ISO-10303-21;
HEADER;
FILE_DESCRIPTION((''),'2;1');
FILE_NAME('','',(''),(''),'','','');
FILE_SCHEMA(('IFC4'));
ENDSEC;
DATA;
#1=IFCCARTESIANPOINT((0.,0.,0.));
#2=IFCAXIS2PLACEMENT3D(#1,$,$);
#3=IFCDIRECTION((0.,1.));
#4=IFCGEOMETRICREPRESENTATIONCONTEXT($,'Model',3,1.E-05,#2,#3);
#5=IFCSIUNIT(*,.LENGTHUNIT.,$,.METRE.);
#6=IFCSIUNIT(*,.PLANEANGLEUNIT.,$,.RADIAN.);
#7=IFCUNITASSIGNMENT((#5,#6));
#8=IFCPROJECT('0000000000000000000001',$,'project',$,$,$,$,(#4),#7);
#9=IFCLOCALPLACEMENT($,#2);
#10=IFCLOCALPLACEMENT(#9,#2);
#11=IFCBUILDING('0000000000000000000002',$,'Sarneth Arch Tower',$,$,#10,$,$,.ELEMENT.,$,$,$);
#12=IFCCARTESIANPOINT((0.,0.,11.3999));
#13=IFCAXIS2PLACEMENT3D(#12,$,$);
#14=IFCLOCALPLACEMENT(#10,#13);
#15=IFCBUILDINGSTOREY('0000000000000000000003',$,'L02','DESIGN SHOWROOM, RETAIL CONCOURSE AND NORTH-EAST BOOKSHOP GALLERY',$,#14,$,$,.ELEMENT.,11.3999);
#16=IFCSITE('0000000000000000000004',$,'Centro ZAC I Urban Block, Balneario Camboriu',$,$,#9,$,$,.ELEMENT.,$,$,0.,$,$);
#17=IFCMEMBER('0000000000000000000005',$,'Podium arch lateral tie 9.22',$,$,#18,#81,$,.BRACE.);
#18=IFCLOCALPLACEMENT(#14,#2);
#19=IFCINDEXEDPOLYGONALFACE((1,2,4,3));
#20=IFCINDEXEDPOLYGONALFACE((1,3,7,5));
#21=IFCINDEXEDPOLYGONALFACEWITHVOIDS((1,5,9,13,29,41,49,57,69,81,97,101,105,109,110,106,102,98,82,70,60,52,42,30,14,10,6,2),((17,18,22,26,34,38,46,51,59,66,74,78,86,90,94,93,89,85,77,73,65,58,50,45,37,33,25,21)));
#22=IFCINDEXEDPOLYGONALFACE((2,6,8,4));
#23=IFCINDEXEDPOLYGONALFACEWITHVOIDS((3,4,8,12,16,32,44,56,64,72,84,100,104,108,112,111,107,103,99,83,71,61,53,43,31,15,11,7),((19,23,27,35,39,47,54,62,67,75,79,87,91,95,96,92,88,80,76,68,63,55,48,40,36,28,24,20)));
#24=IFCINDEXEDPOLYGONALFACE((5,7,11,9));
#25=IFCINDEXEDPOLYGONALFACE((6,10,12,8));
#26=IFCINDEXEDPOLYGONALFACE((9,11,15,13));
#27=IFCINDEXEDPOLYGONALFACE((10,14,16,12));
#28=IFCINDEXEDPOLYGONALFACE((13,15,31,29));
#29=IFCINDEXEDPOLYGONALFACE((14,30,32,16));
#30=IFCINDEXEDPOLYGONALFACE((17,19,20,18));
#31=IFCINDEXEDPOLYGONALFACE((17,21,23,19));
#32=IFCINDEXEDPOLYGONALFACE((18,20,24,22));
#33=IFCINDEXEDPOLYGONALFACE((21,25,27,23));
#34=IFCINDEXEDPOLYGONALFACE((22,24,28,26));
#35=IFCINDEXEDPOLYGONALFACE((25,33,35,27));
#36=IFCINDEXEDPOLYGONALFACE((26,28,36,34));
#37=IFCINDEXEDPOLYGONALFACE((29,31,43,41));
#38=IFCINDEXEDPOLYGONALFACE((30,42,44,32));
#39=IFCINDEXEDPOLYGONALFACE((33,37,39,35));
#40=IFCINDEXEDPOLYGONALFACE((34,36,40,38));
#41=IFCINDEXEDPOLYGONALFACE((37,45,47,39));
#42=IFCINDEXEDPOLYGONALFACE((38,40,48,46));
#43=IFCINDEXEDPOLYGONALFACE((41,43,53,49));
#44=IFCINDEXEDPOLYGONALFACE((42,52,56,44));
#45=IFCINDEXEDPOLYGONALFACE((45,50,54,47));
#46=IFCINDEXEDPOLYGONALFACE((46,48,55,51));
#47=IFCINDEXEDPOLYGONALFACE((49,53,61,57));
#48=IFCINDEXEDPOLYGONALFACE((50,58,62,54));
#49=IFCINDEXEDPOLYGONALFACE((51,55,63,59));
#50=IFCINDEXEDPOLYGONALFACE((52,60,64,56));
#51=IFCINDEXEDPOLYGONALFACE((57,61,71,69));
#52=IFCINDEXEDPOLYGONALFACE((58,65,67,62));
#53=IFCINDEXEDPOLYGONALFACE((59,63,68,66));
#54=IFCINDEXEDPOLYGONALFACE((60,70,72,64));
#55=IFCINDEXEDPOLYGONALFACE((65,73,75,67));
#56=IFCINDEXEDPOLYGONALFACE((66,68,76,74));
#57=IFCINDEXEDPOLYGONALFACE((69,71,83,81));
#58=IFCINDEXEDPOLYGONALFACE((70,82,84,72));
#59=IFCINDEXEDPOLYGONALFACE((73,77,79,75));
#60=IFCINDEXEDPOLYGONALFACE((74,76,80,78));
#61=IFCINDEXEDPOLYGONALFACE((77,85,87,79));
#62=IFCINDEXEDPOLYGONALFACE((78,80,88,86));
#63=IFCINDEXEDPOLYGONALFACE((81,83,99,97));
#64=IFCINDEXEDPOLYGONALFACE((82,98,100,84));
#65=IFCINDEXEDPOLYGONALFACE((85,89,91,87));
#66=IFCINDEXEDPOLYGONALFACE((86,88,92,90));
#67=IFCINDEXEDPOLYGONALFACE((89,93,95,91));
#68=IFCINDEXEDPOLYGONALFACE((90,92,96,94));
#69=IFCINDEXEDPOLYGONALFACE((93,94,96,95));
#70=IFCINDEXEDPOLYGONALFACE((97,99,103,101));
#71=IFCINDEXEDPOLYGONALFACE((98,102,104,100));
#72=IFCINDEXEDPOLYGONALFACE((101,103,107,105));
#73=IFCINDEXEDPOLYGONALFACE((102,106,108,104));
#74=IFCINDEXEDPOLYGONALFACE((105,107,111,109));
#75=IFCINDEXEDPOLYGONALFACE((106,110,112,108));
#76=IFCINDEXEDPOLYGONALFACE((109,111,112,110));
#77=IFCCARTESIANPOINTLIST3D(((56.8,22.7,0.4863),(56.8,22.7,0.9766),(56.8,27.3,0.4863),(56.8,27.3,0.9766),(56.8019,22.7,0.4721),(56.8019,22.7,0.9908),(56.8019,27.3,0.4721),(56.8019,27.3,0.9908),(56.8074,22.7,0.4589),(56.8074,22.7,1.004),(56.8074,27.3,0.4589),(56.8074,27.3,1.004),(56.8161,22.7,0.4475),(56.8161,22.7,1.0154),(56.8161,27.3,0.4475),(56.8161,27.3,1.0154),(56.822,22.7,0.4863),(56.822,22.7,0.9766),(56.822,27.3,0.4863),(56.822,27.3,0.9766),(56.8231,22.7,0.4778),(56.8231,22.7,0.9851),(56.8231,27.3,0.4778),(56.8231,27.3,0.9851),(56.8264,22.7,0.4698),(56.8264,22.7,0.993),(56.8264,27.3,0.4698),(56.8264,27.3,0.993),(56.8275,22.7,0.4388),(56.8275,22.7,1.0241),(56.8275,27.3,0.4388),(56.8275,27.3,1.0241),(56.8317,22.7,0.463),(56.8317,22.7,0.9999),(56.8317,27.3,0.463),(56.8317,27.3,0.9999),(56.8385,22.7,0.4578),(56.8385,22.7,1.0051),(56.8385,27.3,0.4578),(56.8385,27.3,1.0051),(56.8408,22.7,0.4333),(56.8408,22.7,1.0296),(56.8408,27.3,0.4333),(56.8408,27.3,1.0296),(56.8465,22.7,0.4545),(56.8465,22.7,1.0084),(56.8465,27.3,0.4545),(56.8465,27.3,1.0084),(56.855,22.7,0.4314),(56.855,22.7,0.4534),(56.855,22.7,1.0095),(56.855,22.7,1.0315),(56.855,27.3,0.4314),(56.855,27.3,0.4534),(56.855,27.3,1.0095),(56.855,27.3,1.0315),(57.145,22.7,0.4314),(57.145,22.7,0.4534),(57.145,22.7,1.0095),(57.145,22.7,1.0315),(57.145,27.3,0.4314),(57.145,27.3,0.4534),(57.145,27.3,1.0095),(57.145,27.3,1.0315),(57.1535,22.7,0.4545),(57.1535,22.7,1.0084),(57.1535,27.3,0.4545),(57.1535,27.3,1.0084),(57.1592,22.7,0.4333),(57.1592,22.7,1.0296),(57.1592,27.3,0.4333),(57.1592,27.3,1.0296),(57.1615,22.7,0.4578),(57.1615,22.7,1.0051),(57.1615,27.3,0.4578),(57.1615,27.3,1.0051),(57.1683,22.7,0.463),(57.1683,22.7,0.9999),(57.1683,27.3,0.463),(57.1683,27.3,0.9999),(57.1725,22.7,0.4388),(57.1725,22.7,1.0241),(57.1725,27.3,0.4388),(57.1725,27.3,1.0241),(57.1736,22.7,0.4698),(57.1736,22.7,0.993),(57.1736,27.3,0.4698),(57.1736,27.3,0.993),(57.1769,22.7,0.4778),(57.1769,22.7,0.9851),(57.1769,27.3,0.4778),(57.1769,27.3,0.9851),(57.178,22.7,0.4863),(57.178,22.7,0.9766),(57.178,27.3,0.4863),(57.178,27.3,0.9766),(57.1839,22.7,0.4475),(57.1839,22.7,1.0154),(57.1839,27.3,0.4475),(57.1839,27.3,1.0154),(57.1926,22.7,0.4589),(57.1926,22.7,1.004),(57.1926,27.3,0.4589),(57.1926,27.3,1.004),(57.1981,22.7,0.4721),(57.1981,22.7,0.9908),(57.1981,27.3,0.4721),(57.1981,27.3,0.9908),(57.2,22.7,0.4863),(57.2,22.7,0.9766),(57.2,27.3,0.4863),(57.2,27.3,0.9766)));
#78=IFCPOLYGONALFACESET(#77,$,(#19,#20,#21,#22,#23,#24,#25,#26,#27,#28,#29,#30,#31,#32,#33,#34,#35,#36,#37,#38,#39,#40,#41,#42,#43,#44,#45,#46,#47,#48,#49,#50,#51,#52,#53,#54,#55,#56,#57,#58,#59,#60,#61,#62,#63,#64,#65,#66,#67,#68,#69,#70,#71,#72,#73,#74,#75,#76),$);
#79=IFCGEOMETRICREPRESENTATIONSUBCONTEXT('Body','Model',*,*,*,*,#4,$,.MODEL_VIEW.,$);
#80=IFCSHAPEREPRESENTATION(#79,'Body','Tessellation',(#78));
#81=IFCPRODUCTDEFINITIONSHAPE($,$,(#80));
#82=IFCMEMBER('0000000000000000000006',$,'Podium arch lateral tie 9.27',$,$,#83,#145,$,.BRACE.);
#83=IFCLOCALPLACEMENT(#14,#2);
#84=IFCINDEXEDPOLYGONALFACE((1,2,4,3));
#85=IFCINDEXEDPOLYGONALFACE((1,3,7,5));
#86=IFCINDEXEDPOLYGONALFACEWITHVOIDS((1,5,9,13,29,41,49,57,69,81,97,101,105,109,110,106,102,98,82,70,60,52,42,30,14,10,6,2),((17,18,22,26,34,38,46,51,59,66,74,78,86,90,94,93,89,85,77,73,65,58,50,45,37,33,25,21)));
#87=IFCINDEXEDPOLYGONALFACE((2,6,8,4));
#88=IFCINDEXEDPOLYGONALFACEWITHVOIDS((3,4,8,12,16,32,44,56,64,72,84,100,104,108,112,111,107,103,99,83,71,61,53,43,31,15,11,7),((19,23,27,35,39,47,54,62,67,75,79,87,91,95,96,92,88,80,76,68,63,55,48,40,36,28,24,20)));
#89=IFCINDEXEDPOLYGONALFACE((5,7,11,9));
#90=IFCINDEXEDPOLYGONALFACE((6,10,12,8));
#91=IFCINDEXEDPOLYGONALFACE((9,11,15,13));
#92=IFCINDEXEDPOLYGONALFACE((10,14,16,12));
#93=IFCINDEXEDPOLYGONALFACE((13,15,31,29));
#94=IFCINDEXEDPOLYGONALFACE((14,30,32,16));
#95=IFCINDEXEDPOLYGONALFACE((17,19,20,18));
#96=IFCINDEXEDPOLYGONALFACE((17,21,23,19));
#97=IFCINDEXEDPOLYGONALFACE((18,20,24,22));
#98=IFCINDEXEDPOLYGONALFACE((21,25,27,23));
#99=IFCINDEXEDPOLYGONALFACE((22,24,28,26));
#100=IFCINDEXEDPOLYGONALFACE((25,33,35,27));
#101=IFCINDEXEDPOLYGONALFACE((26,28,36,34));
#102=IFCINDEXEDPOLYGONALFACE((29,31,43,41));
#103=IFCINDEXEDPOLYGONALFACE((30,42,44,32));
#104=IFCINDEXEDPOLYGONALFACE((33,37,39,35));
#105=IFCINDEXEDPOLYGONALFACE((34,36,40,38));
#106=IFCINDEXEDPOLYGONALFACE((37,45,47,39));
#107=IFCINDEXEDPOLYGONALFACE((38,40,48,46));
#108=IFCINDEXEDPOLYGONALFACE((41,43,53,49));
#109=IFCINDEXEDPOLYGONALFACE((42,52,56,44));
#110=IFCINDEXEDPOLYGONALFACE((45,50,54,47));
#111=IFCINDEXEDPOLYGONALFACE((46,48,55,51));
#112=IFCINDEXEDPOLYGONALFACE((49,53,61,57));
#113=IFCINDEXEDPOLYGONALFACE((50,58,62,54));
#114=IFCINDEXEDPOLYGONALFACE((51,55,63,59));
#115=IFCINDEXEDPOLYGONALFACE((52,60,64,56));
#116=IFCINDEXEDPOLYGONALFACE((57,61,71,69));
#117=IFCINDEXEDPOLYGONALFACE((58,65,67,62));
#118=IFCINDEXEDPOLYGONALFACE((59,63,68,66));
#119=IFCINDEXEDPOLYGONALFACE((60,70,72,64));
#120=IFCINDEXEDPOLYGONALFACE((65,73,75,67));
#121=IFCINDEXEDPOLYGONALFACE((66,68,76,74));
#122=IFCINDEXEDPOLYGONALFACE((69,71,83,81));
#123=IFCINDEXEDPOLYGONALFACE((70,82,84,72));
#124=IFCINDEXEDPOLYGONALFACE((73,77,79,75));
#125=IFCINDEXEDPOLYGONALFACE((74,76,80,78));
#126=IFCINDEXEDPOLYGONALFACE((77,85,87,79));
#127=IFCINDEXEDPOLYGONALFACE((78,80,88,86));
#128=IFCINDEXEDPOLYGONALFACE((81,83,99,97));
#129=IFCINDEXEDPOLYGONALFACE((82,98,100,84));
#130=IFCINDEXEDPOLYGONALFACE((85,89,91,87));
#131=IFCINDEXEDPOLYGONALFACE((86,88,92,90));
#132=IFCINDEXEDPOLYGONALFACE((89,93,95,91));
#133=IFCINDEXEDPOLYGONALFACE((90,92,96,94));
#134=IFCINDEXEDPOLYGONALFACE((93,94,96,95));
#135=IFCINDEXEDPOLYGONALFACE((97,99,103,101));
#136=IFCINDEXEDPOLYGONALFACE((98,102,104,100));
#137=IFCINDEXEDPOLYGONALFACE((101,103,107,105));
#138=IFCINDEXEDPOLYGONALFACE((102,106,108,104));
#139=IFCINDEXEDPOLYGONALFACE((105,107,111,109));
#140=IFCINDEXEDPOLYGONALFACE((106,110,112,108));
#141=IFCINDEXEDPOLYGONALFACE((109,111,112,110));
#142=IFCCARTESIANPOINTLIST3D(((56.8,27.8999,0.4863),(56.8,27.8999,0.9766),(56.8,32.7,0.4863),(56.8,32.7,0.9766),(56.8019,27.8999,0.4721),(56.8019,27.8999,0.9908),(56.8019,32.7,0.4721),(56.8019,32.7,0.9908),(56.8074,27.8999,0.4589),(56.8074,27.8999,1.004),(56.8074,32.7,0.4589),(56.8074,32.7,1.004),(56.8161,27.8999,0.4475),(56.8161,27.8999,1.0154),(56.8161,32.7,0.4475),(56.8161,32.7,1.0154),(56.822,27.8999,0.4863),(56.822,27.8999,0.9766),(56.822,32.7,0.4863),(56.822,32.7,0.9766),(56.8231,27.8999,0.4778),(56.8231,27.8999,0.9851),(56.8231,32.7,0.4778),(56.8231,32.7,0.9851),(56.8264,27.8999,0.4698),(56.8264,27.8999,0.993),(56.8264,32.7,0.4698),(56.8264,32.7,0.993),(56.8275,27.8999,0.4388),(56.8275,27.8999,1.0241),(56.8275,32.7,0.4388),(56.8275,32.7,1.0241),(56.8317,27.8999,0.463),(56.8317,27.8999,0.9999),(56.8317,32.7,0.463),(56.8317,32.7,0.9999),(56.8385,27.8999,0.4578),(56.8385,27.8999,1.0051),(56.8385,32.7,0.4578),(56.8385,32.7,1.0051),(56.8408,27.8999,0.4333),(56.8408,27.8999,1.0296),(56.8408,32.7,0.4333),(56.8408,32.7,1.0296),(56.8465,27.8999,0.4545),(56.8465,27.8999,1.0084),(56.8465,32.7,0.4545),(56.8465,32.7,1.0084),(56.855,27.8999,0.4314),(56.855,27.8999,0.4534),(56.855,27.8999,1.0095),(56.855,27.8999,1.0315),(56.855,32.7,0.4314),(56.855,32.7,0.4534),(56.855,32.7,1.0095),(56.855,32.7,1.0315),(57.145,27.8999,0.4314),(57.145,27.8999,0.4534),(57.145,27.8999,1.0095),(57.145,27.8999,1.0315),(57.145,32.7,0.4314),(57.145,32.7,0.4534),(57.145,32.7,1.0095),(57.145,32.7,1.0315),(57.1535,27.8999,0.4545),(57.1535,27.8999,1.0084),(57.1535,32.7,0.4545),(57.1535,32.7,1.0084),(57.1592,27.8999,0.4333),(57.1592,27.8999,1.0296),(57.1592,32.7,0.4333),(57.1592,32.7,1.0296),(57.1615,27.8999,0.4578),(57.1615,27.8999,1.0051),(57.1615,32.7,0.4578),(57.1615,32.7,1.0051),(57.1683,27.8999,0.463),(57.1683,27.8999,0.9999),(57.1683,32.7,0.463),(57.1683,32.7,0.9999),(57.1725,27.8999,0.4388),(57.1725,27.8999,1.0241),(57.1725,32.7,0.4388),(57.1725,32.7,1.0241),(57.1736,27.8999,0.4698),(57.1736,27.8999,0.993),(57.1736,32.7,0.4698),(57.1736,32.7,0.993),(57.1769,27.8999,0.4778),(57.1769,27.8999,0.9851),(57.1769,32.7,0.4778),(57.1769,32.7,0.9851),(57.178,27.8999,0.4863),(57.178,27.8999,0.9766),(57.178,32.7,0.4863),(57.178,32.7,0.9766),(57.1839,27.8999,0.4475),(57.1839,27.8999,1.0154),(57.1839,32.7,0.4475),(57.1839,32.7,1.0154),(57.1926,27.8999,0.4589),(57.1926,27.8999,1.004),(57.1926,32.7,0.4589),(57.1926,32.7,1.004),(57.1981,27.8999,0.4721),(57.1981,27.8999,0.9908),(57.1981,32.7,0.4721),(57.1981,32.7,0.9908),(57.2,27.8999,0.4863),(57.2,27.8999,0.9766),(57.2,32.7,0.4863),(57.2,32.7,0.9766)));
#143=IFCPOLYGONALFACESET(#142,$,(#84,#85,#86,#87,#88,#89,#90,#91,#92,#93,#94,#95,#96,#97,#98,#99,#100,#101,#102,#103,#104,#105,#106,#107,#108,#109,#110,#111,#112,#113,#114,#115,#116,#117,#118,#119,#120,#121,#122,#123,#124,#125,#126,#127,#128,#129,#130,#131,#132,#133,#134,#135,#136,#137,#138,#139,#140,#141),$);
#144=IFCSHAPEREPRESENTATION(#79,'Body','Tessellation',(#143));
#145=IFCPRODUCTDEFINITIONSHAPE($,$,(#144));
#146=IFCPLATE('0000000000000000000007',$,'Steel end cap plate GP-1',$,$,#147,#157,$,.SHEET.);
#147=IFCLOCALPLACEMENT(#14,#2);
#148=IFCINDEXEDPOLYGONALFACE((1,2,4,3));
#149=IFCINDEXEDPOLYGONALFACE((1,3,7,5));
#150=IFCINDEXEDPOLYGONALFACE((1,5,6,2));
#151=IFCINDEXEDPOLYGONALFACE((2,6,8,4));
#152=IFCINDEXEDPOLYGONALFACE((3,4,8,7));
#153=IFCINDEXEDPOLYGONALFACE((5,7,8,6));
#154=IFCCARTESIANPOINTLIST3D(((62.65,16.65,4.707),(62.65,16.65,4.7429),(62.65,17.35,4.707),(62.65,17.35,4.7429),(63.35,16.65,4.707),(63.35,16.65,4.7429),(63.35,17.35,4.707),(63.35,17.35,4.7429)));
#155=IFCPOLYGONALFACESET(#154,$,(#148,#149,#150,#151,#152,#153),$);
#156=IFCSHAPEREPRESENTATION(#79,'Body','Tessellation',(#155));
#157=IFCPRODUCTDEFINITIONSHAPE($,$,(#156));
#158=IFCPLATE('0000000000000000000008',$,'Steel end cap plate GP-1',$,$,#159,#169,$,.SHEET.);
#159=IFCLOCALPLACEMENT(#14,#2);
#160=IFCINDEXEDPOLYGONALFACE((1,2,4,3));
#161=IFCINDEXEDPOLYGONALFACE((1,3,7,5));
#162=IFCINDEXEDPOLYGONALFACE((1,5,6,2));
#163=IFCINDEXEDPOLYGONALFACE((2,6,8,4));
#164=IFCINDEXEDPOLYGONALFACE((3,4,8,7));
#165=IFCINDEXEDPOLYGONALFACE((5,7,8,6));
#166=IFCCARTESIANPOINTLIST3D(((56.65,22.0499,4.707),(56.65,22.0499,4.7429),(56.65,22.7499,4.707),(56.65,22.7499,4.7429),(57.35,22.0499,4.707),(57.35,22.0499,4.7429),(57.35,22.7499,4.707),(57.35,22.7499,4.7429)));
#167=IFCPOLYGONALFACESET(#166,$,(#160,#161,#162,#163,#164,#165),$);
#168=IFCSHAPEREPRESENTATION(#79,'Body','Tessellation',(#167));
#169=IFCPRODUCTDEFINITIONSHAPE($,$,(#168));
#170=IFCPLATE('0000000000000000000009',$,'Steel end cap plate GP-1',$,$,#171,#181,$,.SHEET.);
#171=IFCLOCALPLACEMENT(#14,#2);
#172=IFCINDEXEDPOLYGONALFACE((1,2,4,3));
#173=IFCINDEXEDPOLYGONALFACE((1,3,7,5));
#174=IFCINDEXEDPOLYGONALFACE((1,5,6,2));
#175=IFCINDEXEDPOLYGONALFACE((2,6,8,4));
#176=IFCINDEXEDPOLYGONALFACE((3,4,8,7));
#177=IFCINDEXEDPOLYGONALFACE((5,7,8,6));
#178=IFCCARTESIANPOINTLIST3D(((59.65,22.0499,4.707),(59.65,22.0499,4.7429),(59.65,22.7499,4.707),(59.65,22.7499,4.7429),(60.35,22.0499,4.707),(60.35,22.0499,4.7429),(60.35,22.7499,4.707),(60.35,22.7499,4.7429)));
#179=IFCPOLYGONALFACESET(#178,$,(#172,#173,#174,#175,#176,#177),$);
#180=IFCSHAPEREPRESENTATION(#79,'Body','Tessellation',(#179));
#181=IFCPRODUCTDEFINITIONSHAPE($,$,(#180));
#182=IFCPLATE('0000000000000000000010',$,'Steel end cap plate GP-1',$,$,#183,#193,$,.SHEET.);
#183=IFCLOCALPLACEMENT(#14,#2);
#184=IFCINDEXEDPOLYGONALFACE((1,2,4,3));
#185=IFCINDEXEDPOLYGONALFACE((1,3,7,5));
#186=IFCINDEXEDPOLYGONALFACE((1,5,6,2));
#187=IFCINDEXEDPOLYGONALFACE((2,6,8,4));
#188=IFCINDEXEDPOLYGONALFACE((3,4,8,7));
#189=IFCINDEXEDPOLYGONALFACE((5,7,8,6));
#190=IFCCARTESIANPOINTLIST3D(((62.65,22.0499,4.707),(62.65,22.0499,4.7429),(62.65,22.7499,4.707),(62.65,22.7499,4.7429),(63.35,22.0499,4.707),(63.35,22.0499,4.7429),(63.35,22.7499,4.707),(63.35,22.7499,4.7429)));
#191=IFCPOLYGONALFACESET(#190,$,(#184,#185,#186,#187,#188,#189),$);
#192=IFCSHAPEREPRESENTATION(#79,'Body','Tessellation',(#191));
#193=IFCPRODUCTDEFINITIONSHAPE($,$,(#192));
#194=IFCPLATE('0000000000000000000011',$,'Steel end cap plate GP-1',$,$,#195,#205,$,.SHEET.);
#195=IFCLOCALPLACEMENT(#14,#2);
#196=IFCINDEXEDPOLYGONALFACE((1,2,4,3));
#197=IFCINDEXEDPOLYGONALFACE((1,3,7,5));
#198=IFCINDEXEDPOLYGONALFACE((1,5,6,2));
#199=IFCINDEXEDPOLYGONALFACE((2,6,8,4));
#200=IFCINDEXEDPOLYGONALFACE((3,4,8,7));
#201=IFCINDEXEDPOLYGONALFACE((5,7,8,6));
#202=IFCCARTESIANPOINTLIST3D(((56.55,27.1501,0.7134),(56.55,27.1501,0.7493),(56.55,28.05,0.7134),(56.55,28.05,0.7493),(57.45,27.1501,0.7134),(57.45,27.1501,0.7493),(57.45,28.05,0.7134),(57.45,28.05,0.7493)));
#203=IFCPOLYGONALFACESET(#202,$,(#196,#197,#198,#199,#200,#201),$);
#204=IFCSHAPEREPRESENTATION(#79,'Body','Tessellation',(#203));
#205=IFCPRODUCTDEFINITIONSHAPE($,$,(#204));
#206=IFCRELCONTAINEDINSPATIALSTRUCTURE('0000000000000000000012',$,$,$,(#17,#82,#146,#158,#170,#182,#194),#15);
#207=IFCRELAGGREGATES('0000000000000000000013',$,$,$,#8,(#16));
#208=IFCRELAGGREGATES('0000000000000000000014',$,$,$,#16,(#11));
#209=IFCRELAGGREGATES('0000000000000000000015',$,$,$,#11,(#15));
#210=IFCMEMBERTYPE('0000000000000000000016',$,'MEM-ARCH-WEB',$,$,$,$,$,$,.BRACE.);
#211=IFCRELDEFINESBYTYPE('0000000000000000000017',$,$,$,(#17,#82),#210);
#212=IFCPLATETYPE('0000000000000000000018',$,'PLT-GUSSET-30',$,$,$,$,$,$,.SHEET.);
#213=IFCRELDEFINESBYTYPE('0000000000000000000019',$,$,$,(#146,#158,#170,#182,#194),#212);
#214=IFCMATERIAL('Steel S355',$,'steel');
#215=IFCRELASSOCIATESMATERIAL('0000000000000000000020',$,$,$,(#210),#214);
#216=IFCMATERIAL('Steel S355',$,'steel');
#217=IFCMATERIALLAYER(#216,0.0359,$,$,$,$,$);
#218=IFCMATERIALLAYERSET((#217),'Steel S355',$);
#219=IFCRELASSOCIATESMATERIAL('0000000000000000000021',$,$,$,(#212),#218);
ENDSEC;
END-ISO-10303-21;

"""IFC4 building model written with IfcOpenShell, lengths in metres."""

from ifc_helpers import new_model, si_unit, direction, frame, origin, origin_2d, place, context, subcontext, project, spatial, rectangle, hollow_rectangle, extrude, material, layer, layer_set, material_profile, profile_set, type_object, element, save


model = new_model("IFC4")

# Units and contexts
model_context = context("Model", 3, precision=1e-05, world=origin(), true_north=direction((0.0, 1.0)))
body_context = subcontext(model_context, "Body", "Model", "MODEL_VIEW")
ifc_project = project(units=[si_unit("LENGTHUNIT", "METRE"), si_unit("PLANEANGLEUNIT", "RADIAN")], contexts=[model_context])

# Site, building, storey
site_placement = place(None, origin())
site = spatial("IfcSite", under=ifc_project, at=site_placement, Name="Centro ZAC I Urban Block, Balneario Camboriu", CompositionType="ELEMENT", RefElevation=0.0)
building_placement = place(site_placement, origin())
building = spatial("IfcBuilding", under=site, at=building_placement, Name="Sarneth Arch Tower", CompositionType="ELEMENT")
storey_placement = place(building_placement, frame((0.0, 0.0, 11.3999)))
storey = spatial("IfcBuildingStorey", under=building, at=storey_placement, Name="L02", Description="DESIGN SHOWROOM, RETAIL CONCOURSE AND NORTH-EAST BOOKSHOP GALLERY", CompositionType="ELEMENT", Elevation=11.3999)

# Members
ifc_material_1 = material(Name="Steel S355", Category="steel")
ifc_material_profile_1 = material_profile(ifc_material_1, hollow_rectangle(XDim=0.3999, YDim=0.6001, WallThickness=0.022, InnerFilletRadius=0.033, OuterFilletRadius=0.0549, at=origin_2d()), Name="RHS600x400x22")
ifc_profile_set_1 = profile_set([ifc_material_profile_1], Name="Steel S355")
member_type = type_object("IfcMemberType", Name="MEM-ARCH-WEB", PredefinedType="BRACE", material=ifc_profile_set_1)
member_1_placement = place(storey_placement, frame((57.0, 22.7, 0.7314), z_axis=(0.0, 1.0, 0.0), x_axis=(-1.0, 0.0, 0.0)))
element("IfcMember", 1, at=member_1_placement, inside=storey, type_object=member_type, Name="Podium arch lateral tie 9.22", PredefinedType="BRACE", context=body_context, shape_type="SweptSolid", body=[
    extrude(hollow_rectangle(XDim=0.3999, YDim=0.6001, WallThickness=0.022, InnerFilletRadius=0.033, OuterFilletRadius=0.0549, at=origin_2d()), origin(), (0.0, 0.0, 1.0), 4.6001),
])
member_2_placement = place(storey_placement, frame((57.0, 27.8999, 0.7314), z_axis=(0.0, 1.0, 0.0), x_axis=(-1.0, 0.0, 0.0)))
element("IfcMember", 2, at=member_2_placement, inside=storey, type_object=member_type, Name="Podium arch lateral tie 9.27", PredefinedType="BRACE", context=body_context, shape_type="SweptSolid", body=[
    extrude(hollow_rectangle(XDim=0.3999, YDim=0.6001, WallThickness=0.022, InnerFilletRadius=0.033, OuterFilletRadius=0.0549, at=origin_2d()), origin(), (0.0, 0.0, 1.0), 4.8),
])

# Plates
ifc_material_2 = material(Name="Steel S355", Category="steel")
ifc_layer = layer(ifc_material_2, 0.0359)
ifc_layer_set = layer_set([ifc_layer], Name="Steel S355")
plate_type = type_object("IfcPlateType", Name="PLT-GUSSET-30", PredefinedType="SHEET", material=ifc_layer_set)
for number, where, z_axis, x_axis, name in (
    (3, (63.0, 17.0, 4.707), (0.0, 0.0, 1.0), (1.0, 0.0, 0.0), "Steel end cap plate GP-1"),
    (4, (57.0, 22.3999, 4.707), (0.0, 0.0, 1.0), (1.0, 0.0, 0.0), "Steel end cap plate GP-1"),
    (5, (60.0, 22.3999, 4.707), (0.0, 0.0, 1.0), (1.0, 0.0, 0.0), "Steel end cap plate GP-1"),
    (6, (63.0, 22.3999, 4.707), (0.0, 0.0, 1.0), (1.0, 0.0, 0.0), "Steel end cap plate GP-1"),
):
    element("IfcPlate", number, at=place(storey_placement, frame(where, z_axis=z_axis, x_axis=x_axis)), inside=storey, type_object=plate_type, Name=name, PredefinedType="SHEET", context=body_context, shape_type="SweptSolid", body=[
        extrude(rectangle(XDim=0.7, YDim=0.7, at=origin_2d()), origin(), (0.0, 0.0, 1.0), 0.0359),
    ])
plate_placement = place(storey_placement, frame((57.0, 27.6001, 0.7134), z_axis=(0.0, 0.0, 1.0), x_axis=(-1.0, 0.0, 0.0)))
element("IfcPlate", 7, at=plate_placement, inside=storey, type_object=plate_type, Name="Steel end cap plate GP-1", PredefinedType="SHEET", context=body_context, shape_type="SweptSolid", body=[
    extrude(rectangle(XDim=0.8999, YDim=0.8999, at=origin_2d()), origin(), (0.0, 0.0, 1.0), 0.0359),
])

save(model, "model.ifc")
